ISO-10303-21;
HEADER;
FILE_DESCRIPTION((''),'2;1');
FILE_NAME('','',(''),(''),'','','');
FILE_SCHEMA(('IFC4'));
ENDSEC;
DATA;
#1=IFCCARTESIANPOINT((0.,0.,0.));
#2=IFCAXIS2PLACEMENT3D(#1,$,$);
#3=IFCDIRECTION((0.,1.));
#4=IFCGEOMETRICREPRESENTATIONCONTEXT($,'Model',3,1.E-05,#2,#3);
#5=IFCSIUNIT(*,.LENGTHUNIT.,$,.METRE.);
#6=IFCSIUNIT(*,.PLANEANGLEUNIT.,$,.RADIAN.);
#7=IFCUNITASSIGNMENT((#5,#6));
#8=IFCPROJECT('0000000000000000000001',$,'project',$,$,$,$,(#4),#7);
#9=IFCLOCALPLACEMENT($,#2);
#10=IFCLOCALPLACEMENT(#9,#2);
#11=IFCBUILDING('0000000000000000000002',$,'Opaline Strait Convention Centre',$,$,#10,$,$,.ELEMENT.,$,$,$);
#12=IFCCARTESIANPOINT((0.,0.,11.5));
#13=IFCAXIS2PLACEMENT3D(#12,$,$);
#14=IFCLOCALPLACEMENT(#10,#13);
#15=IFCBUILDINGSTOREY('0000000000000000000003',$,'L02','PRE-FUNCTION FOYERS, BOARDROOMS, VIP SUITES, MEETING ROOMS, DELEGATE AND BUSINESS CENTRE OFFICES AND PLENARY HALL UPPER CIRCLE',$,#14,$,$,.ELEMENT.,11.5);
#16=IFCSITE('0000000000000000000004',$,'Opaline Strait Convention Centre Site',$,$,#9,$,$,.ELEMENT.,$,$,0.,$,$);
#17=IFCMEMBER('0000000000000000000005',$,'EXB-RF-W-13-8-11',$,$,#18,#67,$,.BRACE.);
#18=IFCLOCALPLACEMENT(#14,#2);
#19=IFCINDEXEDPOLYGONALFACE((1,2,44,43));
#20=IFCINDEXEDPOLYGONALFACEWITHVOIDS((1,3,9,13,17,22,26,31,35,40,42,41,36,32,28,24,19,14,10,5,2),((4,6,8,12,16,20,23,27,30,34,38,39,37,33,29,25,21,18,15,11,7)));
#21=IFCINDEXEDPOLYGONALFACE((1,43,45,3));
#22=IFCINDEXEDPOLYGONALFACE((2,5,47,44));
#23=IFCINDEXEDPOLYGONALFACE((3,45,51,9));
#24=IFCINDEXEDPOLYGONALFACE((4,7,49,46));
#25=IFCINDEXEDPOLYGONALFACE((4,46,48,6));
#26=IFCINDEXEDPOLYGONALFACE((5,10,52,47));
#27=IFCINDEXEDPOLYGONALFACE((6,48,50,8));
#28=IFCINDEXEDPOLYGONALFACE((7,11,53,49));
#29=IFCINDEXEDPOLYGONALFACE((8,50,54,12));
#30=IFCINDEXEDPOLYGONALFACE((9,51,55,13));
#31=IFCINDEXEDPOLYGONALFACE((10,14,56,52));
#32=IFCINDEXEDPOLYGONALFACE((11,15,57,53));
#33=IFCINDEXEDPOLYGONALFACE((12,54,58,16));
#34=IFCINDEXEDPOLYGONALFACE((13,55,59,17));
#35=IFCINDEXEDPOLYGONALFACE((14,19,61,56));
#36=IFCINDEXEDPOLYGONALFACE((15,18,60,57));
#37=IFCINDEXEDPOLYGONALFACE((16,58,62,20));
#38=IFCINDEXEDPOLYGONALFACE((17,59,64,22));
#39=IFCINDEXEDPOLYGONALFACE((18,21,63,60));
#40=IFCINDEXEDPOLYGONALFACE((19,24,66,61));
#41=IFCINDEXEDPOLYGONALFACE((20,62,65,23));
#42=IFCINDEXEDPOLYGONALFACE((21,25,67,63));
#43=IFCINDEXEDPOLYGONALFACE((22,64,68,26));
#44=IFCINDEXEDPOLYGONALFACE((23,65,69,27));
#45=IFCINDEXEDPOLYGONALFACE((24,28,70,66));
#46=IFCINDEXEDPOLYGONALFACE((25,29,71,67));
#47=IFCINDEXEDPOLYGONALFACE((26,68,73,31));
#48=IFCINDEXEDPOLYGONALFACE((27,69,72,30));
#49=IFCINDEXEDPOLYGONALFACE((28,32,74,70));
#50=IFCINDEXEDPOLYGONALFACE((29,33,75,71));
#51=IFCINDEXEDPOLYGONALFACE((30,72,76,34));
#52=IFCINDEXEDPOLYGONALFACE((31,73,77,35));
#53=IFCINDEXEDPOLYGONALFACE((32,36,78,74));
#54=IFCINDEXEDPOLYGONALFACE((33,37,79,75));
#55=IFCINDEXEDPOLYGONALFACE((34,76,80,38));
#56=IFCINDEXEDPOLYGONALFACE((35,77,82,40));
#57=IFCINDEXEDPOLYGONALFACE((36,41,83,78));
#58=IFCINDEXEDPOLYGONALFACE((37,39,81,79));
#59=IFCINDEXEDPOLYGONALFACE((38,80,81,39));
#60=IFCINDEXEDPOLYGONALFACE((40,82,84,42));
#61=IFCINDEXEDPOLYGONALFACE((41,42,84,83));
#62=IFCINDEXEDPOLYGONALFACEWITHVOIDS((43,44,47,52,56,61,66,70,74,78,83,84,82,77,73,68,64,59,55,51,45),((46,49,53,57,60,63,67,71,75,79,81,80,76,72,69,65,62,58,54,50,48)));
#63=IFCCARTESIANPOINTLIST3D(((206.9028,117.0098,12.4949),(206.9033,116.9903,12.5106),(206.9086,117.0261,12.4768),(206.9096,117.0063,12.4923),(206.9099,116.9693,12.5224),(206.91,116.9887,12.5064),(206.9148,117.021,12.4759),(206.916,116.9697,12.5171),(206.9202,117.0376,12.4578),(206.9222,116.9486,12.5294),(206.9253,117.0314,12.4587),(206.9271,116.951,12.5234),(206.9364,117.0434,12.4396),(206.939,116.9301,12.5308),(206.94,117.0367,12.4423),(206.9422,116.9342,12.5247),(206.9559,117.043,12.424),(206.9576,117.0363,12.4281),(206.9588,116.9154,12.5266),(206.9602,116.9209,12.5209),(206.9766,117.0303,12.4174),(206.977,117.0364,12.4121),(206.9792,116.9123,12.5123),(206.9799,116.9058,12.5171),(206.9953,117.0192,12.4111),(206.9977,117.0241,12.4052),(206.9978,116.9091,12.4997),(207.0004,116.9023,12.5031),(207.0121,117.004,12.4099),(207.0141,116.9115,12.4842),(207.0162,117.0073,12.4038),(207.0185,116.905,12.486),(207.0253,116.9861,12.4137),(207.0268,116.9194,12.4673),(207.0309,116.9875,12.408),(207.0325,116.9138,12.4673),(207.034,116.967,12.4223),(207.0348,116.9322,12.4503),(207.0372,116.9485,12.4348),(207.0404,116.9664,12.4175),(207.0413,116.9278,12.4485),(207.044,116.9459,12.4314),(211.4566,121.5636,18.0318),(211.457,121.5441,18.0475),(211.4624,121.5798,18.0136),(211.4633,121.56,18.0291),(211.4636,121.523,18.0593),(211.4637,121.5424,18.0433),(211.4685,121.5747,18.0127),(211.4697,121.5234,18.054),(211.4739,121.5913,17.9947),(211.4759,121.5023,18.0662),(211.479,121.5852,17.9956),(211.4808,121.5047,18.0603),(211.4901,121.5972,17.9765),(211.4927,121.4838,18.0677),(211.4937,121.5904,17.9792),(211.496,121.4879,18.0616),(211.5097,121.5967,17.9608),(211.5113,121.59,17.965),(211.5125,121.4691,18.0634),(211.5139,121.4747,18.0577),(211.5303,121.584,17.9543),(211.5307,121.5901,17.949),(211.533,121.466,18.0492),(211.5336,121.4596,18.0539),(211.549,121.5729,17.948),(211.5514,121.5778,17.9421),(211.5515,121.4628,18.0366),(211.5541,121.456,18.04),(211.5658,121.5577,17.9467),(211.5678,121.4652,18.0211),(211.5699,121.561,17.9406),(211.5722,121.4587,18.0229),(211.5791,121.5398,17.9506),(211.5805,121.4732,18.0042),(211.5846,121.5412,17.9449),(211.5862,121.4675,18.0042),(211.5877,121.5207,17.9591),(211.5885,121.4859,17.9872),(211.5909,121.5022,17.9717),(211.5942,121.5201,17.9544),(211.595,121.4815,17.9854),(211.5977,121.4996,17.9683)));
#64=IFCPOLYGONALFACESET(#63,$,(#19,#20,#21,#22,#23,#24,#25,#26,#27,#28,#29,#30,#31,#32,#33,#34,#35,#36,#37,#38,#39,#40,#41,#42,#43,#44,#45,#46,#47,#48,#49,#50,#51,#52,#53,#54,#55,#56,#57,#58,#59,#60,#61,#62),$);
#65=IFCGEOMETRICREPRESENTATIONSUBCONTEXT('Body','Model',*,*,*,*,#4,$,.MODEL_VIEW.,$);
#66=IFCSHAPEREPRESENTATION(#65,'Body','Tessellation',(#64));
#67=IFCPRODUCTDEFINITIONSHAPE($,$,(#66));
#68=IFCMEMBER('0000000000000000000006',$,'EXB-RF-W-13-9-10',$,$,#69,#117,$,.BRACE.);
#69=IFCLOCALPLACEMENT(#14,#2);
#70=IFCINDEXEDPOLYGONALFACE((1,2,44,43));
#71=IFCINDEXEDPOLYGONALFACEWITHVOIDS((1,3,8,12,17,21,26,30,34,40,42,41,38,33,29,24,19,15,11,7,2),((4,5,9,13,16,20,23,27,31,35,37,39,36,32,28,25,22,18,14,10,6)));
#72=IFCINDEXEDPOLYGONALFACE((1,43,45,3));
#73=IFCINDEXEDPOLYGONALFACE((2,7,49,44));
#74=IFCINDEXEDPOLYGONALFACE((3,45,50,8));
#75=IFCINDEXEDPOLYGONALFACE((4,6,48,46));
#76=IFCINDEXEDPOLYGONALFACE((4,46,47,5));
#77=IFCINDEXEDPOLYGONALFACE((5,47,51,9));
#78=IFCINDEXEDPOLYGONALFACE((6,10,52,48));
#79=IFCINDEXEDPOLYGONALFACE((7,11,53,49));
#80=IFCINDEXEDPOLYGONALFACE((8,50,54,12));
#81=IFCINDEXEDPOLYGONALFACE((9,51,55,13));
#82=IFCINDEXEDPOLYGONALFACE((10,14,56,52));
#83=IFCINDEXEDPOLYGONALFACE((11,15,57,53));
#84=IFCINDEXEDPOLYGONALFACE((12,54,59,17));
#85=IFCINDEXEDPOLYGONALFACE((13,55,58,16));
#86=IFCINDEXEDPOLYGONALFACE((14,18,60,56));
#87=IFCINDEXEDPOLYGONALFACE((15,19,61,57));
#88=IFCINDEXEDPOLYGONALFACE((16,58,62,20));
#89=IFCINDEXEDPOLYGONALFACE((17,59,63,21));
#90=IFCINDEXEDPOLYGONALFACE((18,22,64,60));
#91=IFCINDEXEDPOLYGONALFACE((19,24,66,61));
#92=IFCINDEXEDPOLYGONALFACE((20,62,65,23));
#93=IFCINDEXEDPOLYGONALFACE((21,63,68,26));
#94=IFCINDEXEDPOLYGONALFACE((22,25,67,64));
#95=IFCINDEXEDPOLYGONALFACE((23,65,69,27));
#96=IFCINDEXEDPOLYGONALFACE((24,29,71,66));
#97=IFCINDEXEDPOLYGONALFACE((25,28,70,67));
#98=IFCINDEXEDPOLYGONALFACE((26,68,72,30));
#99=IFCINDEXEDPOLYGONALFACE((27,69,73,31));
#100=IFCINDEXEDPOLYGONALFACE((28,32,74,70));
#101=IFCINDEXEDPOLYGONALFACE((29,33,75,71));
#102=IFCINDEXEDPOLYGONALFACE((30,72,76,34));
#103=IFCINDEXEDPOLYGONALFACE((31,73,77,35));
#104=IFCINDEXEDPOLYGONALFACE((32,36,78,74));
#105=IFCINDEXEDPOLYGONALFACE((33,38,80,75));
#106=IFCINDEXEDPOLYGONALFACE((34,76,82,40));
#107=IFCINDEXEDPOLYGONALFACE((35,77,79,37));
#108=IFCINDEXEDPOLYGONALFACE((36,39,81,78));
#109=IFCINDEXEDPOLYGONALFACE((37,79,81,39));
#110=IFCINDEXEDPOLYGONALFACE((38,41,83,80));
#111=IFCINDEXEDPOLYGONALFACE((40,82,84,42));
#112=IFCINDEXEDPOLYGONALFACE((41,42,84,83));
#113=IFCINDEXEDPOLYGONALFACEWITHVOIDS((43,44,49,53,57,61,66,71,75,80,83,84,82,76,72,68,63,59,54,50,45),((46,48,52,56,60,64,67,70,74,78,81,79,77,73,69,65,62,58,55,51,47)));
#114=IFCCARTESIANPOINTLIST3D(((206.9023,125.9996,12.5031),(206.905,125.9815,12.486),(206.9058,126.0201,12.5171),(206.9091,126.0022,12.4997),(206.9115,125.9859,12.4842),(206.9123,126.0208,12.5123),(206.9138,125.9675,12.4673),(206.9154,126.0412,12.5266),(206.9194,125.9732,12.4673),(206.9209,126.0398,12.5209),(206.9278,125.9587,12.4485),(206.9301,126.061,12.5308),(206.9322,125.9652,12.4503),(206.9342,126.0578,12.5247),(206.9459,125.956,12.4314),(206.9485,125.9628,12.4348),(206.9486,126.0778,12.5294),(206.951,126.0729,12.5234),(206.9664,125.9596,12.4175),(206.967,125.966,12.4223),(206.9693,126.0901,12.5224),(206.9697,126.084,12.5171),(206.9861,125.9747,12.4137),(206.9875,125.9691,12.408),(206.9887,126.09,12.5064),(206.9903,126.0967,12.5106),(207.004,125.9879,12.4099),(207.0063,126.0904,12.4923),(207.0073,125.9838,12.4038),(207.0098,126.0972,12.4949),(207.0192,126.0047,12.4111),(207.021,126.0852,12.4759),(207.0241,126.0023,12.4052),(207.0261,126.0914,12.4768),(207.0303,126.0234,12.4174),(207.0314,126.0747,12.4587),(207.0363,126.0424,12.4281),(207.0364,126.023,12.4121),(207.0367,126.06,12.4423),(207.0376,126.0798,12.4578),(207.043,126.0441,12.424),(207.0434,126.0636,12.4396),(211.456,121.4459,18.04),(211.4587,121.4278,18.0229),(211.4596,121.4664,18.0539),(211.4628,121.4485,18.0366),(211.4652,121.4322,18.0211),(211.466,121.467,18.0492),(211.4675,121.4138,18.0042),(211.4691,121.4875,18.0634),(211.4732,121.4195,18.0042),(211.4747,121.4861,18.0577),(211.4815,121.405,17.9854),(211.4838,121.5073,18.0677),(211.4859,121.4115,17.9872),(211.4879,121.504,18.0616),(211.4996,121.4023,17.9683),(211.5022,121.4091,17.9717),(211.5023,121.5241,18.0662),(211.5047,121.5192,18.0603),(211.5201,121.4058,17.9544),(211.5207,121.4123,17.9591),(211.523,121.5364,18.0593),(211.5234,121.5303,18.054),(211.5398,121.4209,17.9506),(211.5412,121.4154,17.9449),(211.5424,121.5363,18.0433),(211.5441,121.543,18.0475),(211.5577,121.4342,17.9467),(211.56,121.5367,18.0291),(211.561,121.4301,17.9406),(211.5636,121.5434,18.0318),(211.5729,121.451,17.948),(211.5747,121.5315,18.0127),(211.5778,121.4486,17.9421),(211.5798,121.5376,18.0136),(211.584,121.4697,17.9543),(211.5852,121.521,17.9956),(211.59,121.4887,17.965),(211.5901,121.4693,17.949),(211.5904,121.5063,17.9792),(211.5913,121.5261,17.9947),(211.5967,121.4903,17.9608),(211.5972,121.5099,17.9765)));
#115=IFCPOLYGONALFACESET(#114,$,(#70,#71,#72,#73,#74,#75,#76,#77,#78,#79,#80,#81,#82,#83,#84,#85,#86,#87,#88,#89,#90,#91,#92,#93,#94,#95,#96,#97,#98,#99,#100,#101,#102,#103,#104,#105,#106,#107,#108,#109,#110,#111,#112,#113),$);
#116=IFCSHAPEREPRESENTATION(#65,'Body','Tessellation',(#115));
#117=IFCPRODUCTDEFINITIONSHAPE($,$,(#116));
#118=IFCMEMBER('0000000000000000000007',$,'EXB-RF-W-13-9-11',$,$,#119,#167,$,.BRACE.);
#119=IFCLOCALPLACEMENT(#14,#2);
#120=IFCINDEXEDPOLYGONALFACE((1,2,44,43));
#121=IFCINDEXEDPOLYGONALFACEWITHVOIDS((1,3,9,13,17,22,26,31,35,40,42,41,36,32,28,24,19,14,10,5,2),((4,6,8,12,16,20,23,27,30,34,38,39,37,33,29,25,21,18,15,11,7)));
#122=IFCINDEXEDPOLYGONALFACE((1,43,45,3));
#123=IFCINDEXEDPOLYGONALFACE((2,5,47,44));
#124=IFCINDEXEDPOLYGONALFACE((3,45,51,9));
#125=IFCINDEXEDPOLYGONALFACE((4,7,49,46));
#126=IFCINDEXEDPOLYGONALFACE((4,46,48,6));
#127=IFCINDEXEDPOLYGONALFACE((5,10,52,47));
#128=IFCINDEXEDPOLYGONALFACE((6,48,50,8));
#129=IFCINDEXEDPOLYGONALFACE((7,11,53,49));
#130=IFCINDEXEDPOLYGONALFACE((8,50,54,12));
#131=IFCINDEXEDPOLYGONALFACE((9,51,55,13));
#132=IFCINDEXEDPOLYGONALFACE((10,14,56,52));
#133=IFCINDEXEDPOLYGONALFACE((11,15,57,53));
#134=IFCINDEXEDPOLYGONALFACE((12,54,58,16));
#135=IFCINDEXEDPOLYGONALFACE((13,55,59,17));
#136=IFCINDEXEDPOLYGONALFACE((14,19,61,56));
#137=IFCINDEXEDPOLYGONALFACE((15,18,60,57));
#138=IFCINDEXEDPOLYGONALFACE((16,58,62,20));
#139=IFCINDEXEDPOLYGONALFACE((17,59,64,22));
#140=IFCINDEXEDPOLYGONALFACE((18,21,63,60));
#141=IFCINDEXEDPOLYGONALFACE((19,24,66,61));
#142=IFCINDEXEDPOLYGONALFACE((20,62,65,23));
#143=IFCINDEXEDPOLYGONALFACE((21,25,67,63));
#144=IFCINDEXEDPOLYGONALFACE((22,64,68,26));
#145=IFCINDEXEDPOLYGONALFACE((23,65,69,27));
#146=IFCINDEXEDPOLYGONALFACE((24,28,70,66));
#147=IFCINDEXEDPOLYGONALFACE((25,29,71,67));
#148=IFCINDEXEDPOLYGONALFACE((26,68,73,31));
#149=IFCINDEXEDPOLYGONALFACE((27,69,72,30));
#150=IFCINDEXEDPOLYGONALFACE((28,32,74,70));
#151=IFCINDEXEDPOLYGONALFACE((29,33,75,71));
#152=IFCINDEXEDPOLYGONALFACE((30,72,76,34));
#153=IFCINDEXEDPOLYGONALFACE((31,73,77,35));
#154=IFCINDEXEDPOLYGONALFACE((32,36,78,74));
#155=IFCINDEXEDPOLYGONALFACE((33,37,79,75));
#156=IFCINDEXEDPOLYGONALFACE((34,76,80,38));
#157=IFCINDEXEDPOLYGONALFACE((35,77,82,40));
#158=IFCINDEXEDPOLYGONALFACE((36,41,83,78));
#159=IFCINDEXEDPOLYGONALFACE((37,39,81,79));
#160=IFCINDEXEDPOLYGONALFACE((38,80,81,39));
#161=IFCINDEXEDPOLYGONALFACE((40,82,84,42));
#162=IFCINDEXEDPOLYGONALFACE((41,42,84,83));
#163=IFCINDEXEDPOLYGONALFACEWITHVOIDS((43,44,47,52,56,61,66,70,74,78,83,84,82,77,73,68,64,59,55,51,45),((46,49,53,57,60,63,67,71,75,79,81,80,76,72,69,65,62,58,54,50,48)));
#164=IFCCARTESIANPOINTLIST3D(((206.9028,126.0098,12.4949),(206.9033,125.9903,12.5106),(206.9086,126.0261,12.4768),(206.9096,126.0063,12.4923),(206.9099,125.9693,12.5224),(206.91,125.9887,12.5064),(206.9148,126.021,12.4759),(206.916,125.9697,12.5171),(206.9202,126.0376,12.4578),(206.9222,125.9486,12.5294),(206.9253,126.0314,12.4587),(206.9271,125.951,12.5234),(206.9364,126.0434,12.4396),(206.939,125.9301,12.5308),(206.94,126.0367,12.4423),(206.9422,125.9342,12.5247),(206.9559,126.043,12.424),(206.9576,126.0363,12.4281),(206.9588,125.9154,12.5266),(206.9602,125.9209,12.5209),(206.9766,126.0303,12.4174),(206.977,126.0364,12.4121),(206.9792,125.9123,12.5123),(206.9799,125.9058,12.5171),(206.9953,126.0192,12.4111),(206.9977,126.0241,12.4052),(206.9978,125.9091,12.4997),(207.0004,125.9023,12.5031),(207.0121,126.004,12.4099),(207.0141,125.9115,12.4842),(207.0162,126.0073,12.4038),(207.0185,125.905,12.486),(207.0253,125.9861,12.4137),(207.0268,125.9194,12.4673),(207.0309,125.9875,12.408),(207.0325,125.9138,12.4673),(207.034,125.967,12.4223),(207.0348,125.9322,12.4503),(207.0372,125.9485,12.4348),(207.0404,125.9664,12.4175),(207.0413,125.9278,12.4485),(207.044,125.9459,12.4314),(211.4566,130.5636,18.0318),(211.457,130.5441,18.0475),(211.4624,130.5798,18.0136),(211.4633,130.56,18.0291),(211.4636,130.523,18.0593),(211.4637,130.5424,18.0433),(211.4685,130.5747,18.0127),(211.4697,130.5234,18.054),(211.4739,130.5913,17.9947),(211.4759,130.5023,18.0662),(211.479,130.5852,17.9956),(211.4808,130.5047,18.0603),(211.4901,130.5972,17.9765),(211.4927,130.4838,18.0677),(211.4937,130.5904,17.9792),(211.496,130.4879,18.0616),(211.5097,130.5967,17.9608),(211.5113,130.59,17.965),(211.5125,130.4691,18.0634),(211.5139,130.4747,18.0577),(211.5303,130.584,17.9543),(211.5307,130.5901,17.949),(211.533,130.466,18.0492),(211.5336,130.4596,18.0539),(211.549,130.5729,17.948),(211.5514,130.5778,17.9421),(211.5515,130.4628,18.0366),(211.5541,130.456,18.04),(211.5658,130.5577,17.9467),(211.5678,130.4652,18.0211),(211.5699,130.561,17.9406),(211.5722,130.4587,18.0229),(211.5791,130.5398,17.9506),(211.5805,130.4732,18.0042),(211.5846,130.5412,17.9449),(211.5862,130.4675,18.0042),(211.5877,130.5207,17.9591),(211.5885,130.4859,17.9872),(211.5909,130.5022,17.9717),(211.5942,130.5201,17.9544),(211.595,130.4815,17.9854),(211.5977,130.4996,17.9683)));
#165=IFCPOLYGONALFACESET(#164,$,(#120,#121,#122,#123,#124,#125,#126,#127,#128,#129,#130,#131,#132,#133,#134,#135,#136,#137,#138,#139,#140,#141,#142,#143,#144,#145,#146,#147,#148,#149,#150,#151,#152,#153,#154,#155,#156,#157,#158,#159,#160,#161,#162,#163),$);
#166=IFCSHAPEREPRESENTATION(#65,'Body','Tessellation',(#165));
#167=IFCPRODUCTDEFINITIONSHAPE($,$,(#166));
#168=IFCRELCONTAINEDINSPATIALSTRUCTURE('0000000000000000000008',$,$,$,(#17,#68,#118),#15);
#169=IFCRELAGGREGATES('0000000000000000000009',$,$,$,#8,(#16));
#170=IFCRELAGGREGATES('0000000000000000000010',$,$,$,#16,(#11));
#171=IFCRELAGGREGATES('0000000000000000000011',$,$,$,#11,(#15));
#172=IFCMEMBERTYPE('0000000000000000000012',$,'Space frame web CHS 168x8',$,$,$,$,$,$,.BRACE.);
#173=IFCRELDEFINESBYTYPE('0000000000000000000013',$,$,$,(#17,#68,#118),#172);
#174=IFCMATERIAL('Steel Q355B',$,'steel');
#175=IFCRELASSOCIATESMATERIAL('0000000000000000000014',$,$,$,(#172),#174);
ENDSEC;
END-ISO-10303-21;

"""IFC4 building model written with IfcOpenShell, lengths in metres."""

from ifc_helpers import new_model, si_unit, direction, frame, origin, origin_2d, place, context, subcontext, project, spatial, hollow_circle, extrude, material, material_profile, profile_set, type_object, element, save


model = new_model("IFC4")

# Units and contexts
model_context = context("Model", 3, precision=1e-05, world=origin(), true_north=direction((0.0, 1.0)))
body_context = subcontext(model_context, "Body", "Model", "MODEL_VIEW")
ifc_project = project(units=[si_unit("LENGTHUNIT", "METRE"), si_unit("PLANEANGLEUNIT", "RADIAN")], contexts=[model_context])

# Site, building, storey
site_placement = place(None, origin())
site = spatial("IfcSite", under=ifc_project, at=site_placement, Name="Opaline Strait Convention Centre Site", CompositionType="ELEMENT", RefElevation=0.0)
building_placement = place(site_placement, origin())
building = spatial("IfcBuilding", under=site, at=building_placement, Name="Opaline Strait Convention Centre", CompositionType="ELEMENT")
storey_placement = place(building_placement, frame((0.0, 0.0, 11.5)))
storey = spatial("IfcBuildingStorey", under=building, at=storey_placement, Name="L02", Description="PRE-FUNCTION FOYERS, BOARDROOMS, VIP SUITES, MEETING ROOMS, DELEGATE AND BUSINESS CENTRE OFFICES AND PLENARY HALL UPPER CIRCLE", CompositionType="ELEMENT", Elevation=11.5)

# Members
ifc_material = material(Name="Steel Q355B", Category="steel")
ifc_material_profile_1 = material_profile(ifc_material, hollow_circle(Radius=0.084, WallThickness=0.0081, at=origin_2d()), Name="CHS 168x8")
ifc_profile_set_1 = profile_set([ifc_material_profile_1], Name="Steel Q355B")
member_type_1 = type_object("IfcMemberType", Name="Space frame web CHS 168x8", PredefinedType="BRACE", material=ifc_profile_set_1)
for number, where, z_axis, x_axis, name in (
    (1, (211.5269, 121.5269, 18.0042), (-0.536178, -0.536178, -0.65194), (0.707107, -0.707107, 0.0), "EXB-RF-W-13-8-11"),
    (2, (211.5269, 121.4731, 18.0042), (-0.536178, 0.536178, -0.65194), (-0.707107, -0.707107, 0.0), "EXB-RF-W-13-9-10"),
    (3, (211.5269, 130.5269, 18.0042), (-0.536178, -0.536178, -0.65194), (0.707107, -0.707107, 0.0), "EXB-RF-W-13-9-11"),
):
    element("IfcMember", number, at=place(storey_placement, frame(where, z_axis=z_axis, x_axis=x_axis)), inside=storey, type_object=member_type_1, Name=name, PredefinedType="BRACE", context=body_context, shape_type="SweptSolid", body=[
        extrude(hollow_circle(Radius=0.084, WallThickness=0.0081, at=origin_2d()), origin(), (0.0, 0.0, 1.0), 8.4929),
    ])

save(model, "model.ifc")
